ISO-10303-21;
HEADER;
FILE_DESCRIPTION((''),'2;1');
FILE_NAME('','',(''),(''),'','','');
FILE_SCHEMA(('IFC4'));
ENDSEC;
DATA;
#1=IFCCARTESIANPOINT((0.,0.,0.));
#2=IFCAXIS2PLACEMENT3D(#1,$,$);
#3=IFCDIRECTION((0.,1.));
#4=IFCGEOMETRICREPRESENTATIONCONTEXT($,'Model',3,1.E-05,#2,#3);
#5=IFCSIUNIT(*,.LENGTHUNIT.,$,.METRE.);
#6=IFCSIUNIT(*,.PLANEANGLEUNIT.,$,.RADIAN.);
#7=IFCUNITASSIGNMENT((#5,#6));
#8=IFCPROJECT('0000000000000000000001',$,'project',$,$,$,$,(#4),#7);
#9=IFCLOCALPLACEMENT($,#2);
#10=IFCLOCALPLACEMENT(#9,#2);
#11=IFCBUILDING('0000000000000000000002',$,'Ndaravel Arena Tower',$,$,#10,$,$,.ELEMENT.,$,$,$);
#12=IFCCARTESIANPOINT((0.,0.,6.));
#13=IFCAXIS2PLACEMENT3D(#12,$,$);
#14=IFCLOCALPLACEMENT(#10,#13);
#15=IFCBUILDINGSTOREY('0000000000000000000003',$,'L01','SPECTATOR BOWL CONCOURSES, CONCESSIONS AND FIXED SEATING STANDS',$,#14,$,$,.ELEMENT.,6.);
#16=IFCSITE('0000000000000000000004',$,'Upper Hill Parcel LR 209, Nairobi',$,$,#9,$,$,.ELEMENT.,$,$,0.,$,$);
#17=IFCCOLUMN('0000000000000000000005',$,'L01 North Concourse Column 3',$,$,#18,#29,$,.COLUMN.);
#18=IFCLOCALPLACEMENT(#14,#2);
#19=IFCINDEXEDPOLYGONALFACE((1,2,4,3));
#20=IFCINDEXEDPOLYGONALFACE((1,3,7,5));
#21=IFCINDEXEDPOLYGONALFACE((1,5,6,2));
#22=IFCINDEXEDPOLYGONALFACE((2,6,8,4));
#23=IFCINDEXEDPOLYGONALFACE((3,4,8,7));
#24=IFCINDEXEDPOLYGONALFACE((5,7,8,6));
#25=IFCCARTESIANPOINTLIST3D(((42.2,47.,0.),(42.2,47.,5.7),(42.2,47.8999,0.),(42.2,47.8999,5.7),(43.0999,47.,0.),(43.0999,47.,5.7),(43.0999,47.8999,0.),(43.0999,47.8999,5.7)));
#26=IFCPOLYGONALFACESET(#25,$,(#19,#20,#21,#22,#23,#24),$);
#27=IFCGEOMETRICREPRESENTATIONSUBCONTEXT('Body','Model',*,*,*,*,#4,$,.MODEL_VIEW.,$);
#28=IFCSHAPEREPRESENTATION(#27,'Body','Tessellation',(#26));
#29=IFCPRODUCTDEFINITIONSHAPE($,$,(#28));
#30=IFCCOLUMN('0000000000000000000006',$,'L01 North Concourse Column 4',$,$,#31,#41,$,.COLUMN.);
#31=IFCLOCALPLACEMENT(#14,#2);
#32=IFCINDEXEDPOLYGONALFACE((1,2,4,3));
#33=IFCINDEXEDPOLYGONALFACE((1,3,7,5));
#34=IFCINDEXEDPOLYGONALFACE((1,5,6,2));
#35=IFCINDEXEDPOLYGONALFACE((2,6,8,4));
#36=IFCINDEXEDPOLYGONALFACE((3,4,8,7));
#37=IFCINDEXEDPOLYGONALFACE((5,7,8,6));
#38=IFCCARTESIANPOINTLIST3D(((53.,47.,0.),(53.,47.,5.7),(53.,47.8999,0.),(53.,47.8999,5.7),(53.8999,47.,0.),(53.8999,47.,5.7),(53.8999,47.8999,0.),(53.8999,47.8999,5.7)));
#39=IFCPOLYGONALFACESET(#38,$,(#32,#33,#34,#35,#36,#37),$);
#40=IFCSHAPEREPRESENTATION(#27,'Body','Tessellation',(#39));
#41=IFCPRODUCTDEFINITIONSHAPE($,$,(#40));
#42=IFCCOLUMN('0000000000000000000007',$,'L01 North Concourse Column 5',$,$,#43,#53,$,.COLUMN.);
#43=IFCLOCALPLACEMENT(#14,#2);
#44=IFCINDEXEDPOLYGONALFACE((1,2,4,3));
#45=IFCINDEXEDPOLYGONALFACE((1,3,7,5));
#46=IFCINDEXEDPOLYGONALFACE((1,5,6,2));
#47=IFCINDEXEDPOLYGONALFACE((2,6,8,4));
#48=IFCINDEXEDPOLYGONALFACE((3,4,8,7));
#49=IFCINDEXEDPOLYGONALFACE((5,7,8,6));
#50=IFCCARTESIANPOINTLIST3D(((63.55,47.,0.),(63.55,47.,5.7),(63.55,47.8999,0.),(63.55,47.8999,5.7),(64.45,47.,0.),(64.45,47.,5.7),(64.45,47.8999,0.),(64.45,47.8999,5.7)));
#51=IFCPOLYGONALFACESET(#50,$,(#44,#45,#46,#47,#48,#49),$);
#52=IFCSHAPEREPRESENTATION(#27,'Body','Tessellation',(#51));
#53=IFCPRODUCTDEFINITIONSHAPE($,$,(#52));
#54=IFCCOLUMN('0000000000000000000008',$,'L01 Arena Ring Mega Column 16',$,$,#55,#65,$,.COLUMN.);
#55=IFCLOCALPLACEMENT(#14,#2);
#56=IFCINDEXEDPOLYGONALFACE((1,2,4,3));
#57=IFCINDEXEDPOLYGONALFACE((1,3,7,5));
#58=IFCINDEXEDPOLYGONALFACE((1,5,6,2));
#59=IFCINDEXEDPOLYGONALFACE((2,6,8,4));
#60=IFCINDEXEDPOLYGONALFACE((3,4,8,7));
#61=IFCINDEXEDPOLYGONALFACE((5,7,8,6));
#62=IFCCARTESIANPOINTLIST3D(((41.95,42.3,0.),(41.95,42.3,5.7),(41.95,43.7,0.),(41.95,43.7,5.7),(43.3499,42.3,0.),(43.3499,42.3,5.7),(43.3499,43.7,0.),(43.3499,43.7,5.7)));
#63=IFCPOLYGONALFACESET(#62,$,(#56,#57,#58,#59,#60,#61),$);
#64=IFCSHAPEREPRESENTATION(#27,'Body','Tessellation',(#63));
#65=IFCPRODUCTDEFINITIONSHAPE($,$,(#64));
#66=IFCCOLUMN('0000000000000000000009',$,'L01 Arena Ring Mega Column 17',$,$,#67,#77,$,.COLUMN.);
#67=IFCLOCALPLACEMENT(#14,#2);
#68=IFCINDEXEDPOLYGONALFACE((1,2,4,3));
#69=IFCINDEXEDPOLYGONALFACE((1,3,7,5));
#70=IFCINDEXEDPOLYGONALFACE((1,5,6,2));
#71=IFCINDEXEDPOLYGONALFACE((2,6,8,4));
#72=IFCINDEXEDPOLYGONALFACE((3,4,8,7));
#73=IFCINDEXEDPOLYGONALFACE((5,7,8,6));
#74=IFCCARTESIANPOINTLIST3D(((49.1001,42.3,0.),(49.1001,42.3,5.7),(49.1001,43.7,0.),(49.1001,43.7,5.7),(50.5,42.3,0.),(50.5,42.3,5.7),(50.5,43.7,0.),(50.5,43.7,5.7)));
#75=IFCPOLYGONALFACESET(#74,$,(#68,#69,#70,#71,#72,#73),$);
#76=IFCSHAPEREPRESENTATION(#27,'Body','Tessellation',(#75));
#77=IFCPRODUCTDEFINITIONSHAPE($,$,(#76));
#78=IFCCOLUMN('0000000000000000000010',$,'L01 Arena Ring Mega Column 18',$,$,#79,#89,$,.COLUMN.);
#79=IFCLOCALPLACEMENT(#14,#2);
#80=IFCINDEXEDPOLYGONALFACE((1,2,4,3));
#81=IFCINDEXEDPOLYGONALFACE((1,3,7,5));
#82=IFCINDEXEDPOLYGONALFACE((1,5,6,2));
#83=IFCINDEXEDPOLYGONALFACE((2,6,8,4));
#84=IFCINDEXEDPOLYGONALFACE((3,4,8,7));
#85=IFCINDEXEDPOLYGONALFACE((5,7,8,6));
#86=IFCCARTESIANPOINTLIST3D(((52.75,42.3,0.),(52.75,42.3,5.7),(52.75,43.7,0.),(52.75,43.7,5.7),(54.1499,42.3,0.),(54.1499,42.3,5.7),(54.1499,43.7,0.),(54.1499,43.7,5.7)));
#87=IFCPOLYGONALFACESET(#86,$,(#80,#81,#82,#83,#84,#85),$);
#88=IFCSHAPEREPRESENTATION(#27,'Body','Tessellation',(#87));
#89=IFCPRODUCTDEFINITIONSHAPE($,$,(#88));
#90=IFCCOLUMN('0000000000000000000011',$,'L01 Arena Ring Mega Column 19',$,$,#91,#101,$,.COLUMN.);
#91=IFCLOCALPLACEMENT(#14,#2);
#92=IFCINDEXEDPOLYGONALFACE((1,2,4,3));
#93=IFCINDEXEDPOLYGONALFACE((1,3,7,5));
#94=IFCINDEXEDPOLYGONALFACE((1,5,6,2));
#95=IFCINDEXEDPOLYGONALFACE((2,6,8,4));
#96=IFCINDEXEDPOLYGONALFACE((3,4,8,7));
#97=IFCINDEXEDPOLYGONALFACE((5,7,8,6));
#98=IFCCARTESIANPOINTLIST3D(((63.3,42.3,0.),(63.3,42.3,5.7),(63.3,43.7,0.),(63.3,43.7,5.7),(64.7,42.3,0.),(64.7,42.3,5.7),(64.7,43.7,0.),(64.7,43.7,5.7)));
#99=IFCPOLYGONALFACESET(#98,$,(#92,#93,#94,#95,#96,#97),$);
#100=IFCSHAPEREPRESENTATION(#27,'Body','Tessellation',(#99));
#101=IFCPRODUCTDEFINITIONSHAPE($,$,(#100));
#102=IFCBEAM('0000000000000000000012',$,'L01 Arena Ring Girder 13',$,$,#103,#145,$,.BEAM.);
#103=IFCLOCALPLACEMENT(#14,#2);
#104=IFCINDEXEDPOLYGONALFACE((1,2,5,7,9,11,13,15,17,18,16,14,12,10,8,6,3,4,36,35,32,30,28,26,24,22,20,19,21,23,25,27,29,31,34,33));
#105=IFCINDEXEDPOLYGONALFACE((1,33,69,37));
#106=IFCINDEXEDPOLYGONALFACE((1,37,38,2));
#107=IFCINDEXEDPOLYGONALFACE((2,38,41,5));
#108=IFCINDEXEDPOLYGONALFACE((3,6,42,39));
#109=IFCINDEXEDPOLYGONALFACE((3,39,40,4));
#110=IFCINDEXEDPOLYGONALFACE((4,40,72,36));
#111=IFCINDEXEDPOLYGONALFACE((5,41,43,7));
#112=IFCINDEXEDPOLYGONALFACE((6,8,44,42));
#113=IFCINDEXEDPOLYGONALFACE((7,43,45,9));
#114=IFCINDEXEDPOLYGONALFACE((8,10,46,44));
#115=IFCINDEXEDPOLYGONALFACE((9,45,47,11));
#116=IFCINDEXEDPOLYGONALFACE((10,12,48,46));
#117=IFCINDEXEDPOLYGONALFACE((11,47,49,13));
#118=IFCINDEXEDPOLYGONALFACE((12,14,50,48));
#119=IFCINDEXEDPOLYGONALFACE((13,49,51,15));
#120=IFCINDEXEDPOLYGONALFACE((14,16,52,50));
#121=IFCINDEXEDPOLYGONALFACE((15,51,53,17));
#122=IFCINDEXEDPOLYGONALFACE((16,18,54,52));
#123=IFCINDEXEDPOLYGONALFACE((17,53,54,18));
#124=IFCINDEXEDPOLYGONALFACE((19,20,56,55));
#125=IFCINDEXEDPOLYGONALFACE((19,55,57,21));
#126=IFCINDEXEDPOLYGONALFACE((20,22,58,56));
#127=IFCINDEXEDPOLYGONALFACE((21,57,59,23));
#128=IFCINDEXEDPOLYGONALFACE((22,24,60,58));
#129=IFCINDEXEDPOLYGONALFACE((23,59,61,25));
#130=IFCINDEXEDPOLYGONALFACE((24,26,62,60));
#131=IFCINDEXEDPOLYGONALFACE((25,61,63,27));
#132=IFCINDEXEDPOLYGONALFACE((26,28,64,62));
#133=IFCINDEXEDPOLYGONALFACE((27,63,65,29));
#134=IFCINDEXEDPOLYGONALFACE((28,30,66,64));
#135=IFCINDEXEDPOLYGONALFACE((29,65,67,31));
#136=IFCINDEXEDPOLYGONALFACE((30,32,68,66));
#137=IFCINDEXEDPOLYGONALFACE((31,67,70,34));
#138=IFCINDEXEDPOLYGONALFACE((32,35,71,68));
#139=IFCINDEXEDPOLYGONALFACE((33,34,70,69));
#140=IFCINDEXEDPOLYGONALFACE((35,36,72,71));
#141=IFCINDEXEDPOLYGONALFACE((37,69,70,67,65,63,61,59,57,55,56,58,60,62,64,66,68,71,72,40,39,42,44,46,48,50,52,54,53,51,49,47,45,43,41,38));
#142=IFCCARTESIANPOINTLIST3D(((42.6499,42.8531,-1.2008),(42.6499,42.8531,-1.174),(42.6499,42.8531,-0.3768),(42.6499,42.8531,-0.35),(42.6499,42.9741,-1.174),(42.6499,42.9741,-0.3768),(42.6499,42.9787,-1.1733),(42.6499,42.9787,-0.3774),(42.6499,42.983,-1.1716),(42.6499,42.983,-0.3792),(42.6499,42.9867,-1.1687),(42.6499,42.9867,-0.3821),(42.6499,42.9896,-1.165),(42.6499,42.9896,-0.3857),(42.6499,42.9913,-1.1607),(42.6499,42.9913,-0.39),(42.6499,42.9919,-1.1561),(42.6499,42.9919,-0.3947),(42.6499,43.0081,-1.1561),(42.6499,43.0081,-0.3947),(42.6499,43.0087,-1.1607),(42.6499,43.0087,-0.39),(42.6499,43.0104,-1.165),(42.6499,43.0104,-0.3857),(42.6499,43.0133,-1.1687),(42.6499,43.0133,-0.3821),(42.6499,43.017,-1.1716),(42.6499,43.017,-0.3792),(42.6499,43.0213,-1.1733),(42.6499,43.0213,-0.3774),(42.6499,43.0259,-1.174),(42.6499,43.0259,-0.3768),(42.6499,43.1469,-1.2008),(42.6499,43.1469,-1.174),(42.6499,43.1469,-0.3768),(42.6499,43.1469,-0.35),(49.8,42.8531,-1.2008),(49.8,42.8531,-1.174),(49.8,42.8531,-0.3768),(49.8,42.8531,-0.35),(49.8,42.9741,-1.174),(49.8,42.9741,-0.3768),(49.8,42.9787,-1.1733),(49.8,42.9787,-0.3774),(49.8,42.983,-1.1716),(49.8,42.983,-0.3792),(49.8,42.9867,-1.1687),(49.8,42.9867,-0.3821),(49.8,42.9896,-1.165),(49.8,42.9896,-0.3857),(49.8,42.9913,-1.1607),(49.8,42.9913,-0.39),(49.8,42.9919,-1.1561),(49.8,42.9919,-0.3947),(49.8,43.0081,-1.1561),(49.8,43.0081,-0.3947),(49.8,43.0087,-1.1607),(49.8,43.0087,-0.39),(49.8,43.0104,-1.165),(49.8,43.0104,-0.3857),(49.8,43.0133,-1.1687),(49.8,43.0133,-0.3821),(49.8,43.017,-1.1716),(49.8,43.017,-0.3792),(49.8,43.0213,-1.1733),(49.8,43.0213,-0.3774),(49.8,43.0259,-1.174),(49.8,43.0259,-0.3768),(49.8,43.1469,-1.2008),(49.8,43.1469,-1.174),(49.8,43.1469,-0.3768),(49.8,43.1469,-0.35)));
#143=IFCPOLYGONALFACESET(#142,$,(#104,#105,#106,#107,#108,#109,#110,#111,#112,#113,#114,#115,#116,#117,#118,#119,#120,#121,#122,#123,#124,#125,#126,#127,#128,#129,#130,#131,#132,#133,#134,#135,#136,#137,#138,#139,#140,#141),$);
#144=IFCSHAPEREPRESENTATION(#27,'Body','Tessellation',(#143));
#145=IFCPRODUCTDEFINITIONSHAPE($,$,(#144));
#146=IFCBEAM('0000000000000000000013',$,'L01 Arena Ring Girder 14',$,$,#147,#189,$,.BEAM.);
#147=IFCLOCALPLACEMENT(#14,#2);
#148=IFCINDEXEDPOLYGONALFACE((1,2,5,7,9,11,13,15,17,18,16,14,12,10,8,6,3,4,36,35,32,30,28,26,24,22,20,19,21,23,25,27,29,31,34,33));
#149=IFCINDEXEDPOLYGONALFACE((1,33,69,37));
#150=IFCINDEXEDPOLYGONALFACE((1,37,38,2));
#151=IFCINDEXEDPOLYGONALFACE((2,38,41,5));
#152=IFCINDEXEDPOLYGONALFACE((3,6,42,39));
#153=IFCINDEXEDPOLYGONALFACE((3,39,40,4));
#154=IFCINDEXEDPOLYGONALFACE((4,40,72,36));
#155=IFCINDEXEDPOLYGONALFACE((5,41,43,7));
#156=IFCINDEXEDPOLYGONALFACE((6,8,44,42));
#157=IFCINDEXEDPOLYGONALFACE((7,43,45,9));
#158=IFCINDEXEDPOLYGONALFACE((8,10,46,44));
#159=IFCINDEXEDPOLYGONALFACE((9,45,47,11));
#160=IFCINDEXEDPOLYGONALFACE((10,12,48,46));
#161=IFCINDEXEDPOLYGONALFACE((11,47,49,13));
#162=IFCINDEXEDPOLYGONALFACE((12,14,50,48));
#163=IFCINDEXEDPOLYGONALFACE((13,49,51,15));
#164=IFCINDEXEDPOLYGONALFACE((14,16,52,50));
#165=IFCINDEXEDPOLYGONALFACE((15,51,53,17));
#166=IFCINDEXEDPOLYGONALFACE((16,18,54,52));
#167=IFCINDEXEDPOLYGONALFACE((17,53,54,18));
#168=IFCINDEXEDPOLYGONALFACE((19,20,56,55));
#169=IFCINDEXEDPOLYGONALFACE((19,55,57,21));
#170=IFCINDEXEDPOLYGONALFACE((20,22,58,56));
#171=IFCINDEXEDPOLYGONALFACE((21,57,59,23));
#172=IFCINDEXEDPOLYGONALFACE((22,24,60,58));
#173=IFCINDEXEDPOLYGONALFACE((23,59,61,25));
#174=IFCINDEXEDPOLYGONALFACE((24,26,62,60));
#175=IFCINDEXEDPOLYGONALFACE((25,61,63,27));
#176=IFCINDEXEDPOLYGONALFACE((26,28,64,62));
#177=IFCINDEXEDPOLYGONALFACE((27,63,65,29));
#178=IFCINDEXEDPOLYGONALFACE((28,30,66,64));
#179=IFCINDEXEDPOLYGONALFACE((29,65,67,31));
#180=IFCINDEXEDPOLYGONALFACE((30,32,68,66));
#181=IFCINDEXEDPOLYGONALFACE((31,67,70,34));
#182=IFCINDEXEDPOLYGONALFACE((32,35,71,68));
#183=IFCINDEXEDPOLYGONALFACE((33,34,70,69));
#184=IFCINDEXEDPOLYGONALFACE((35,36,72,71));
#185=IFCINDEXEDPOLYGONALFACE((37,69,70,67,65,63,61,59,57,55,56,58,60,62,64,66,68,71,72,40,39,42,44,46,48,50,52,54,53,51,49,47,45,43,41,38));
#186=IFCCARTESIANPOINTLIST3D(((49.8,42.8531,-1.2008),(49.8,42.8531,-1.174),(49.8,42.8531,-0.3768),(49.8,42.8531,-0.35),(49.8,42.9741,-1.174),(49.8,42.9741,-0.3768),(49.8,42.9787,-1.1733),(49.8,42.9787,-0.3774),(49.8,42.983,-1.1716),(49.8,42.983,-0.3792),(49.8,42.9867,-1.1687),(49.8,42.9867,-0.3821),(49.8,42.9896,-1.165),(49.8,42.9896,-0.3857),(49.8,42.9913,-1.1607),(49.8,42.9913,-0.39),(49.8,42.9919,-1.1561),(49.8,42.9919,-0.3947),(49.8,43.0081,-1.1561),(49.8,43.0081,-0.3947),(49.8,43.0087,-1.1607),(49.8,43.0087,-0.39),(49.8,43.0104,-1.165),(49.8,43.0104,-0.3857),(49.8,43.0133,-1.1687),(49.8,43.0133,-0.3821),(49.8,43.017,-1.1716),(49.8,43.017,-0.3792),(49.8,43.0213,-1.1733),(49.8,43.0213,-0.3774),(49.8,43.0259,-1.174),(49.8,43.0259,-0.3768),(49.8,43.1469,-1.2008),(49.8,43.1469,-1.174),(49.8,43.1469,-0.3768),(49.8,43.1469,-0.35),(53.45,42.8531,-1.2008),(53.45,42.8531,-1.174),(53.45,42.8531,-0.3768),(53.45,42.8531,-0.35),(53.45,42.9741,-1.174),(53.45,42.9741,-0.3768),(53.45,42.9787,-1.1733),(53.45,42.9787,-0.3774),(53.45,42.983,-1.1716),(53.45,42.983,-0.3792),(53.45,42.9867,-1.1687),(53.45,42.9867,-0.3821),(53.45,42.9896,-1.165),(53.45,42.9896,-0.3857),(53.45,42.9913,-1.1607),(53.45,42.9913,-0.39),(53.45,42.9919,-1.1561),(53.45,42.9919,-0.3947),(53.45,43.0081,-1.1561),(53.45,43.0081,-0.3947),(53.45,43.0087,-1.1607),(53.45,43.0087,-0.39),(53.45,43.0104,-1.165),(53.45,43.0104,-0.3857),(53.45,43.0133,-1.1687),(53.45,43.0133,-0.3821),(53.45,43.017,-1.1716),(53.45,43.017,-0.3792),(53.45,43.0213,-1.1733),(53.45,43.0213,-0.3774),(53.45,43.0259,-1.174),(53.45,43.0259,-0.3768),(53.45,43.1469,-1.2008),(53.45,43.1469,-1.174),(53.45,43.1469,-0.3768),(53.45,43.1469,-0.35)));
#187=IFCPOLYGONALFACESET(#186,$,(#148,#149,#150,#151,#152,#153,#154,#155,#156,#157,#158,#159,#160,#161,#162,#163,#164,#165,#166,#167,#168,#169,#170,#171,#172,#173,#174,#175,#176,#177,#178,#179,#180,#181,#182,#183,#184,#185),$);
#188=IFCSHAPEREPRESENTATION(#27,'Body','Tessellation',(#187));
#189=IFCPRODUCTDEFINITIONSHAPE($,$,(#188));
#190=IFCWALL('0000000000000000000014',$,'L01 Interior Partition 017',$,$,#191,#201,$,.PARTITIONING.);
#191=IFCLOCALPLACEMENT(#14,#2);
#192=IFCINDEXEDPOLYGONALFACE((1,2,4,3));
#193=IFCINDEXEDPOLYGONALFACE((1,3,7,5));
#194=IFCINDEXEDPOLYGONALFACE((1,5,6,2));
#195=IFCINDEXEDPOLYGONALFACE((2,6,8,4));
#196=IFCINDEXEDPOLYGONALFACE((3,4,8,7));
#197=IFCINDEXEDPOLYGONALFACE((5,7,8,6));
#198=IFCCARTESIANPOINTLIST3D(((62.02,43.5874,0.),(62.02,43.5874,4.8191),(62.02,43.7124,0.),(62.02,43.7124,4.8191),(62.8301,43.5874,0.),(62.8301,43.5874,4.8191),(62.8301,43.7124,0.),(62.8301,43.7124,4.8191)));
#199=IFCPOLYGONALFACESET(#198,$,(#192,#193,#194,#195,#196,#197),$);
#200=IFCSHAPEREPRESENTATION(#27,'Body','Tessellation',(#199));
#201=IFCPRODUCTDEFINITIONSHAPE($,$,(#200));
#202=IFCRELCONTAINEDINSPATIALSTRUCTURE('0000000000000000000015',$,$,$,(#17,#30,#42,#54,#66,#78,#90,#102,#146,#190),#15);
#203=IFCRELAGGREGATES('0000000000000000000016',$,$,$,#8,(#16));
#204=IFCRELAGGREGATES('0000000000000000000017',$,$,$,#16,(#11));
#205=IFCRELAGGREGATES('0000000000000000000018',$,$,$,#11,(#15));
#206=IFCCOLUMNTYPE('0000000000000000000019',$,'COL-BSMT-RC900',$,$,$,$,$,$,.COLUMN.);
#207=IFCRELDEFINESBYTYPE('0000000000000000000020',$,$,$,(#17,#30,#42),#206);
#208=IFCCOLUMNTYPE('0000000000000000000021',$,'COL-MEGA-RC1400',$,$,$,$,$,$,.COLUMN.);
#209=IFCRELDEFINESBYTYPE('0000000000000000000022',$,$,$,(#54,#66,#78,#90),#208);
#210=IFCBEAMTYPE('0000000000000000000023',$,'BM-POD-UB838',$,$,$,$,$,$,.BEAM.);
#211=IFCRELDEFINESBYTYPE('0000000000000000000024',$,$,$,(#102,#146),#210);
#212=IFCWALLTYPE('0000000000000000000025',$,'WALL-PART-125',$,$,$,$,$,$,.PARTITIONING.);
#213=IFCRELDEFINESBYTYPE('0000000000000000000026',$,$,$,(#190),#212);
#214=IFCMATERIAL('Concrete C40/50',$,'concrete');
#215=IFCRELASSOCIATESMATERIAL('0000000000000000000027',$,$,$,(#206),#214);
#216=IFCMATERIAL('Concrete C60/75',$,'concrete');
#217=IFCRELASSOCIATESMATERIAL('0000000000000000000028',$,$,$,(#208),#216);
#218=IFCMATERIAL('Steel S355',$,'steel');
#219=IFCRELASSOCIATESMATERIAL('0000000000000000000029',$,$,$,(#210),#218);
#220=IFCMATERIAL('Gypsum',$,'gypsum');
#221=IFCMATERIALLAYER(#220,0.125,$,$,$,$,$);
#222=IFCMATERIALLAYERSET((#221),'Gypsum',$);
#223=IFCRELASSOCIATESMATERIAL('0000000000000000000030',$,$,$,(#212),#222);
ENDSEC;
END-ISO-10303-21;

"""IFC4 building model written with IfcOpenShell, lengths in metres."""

from ifc_helpers import new_model, si_unit, direction, frame, frame_2d, origin, origin_2d, place, context, subcontext, project, spatial, rectangle, i_section, extrude, material, layer, layer_set, material_profile, profile_set, type_object, element, save


model = new_model("IFC4")

# Units and contexts
model_context = context("Model", 3, precision=1e-05, world=origin(), true_north=direction((0.0, 1.0)))
body_context = subcontext(model_context, "Body", "Model", "MODEL_VIEW")
ifc_project = project(units=[si_unit("LENGTHUNIT", "METRE"), si_unit("PLANEANGLEUNIT", "RADIAN")], contexts=[model_context])

# Site, building, storey
site_placement = place(None, origin())
site = spatial("IfcSite", under=ifc_project, at=site_placement, Name="Upper Hill Parcel LR 209, Nairobi", CompositionType="ELEMENT", RefElevation=0.0)
building_placement = place(site_placement, origin())
building = spatial("IfcBuilding", under=site, at=building_placement, Name="Ndaravel Arena Tower", CompositionType="ELEMENT")
storey_placement = place(building_placement, frame((0.0, 0.0, 6.0)))
storey = spatial("IfcBuildingStorey", under=building, at=storey_placement, Name="L01", Description="SPECTATOR BOWL CONCOURSES, CONCESSIONS AND FIXED SEATING STANDS", CompositionType="ELEMENT", Elevation=6.0)

# Columns
ifc_material_1 = material(Name="Concrete C40/50", Category="concrete")
ifc_material_profile_1 = material_profile(ifc_material_1, rectangle(XDim=0.8999, YDim=0.8999, at=origin_2d()), Name="RC 900x900")
ifc_profile_set_1 = profile_set([ifc_material_profile_1], Name="Concrete C40/50")
column_type_1 = type_object("IfcColumnType", Name="COL-BSMT-RC900", PredefinedType="COLUMN", material=ifc_profile_set_1)
for number, where, z_axis, x_axis, name in (
    (1, (42.6499, 47.45, 0.0), (0.0, 0.0, 1.0), (1.0, 0.0, 0.0), "L01 North Concourse Column 3"),
    (2, (53.45, 47.45, 0.0), (0.0, 0.0, 1.0), (1.0, 0.0, 0.0), "L01 North Concourse Column 4"),
    (3, (64.0, 47.45, 0.0), (0.0, 0.0, 1.0), (1.0, 0.0, 0.0), "L01 North Concourse Column 5"),
):
    element("IfcColumn", number, at=place(storey_placement, frame(where, z_axis=z_axis, x_axis=x_axis)), inside=storey, type_object=column_type_1, Name=name, PredefinedType="COLUMN", context=body_context, shape_type="SweptSolid", body=[
        extrude(rectangle(XDim=0.8999, YDim=0.8999, at=origin_2d()), origin(), (0.0, 0.0, 1.0), 5.7),
    ])
ifc_material_2 = material(Name="Concrete C60/75", Category="concrete")
ifc_material_profile_2 = material_profile(ifc_material_2, rectangle(XDim=1.3999, YDim=1.3999, at=origin_2d()), Name="RC 1400x1400")
ifc_profile_set_2 = profile_set([ifc_material_profile_2], Name="Concrete C60/75")
column_type_2 = type_object("IfcColumnType", Name="COL-MEGA-RC1400", PredefinedType="COLUMN", material=ifc_profile_set_2)
for number, where, z_axis, x_axis, name in (
    (4, (42.6499, 43.0, 0.0), (0.0, 0.0, 1.0), (1.0, 0.0, 0.0), "L01 Arena Ring Mega Column 16"),
    (5, (49.8, 43.0, 0.0), (0.0, 0.0, 1.0), (1.0, 0.0, 0.0), "L01 Arena Ring Mega Column 17"),
    (6, (53.45, 43.0, 0.0), (0.0, 0.0, 1.0), (1.0, 0.0, 0.0), "L01 Arena Ring Mega Column 18"),
    (7, (64.0, 43.0, 0.0), (0.0, 0.0, 1.0), (1.0, 0.0, 0.0), "L01 Arena Ring Mega Column 19"),
):
    element("IfcColumn", number, at=place(storey_placement, frame(where, z_axis=z_axis, x_axis=x_axis)), inside=storey, type_object=column_type_2, Name=name, PredefinedType="COLUMN", context=body_context, shape_type="SweptSolid", body=[
        extrude(rectangle(XDim=1.3999, YDim=1.3999, at=origin_2d()), origin(), (0.0, 0.0, 1.0), 5.7),
    ])

# Beams
ifc_material_3 = material(Name="Steel S355", Category="steel")
ifc_material_profile_3 = material_profile(ifc_material_3, i_section(OverallWidth=0.2937, OverallDepth=0.8508, WebThickness=0.0161, FlangeThickness=0.0269, FilletRadius=0.0178, at=origin_2d()), Name="UB 838x292x226")
ifc_profile_set_3 = profile_set([ifc_material_profile_3], Name="Steel S355")
beam_type = type_object("IfcBeamType", Name="BM-POD-UB838", PredefinedType="BEAM", material=ifc_profile_set_3)
beam_1_placement = place(storey_placement, frame((42.6499, 43.0, -0.7754), z_axis=(1.0, 0.0, 0.0), x_axis=(0.0, 1.0, 0.0)))
element("IfcBeam", 8, at=beam_1_placement, inside=storey, type_object=beam_type, Name="L01 Arena Ring Girder 13", PredefinedType="BEAM", context=body_context, shape_type="SweptSolid", body=[
    extrude(i_section(OverallWidth=0.2937, OverallDepth=0.8508, WebThickness=0.0161, FlangeThickness=0.0269, FilletRadius=0.0178, at=origin_2d()), origin(), (0.0, 0.0, 1.0), 7.1501),
])
beam_2_placement = place(storey_placement, frame((49.8, 43.0, -0.7754), z_axis=(1.0, 0.0, 0.0), x_axis=(0.0, 1.0, 0.0)))
element("IfcBeam", 9, at=beam_2_placement, inside=storey, type_object=beam_type, Name="L01 Arena Ring Girder 14", PredefinedType="BEAM", context=body_context, shape_type="SweptSolid", body=[
    extrude(i_section(OverallWidth=0.2937, OverallDepth=0.8508, WebThickness=0.0161, FlangeThickness=0.0269, FilletRadius=0.0178, at=origin_2d()), origin(), (0.0, 0.0, 1.0), 3.6499),
])

# Wall
ifc_material_4 = material(Name="Gypsum", Category="gypsum")
ifc_layer_1 = layer(ifc_material_4, 0.125)
ifc_layer_set_1 = layer_set([ifc_layer_1], Name="Gypsum")
wall_type_1 = type_object("IfcWallType", Name="WALL-PART-125", PredefinedType="PARTITIONING", material=ifc_layer_set_1)
wall_1_placement = place(storey_placement, frame((62.02, 43.6499, 0.0), z_axis=(0.0, 0.0, 1.0), x_axis=(1.0, 0.0, 0.0)))
element("IfcWall", 10, at=wall_1_placement, inside=storey, type_object=wall_type_1, Name="L01 Interior Partition 017", PredefinedType="PARTITIONING", context=body_context, shape_type="SweptSolid", body=[
    extrude(rectangle(XDim=0.8101, YDim=0.125, at=frame_2d((0.405, 0.0))), origin(), (0.0, 0.0, 1.0), 4.8191),
])

save(model, "model.ifc")
